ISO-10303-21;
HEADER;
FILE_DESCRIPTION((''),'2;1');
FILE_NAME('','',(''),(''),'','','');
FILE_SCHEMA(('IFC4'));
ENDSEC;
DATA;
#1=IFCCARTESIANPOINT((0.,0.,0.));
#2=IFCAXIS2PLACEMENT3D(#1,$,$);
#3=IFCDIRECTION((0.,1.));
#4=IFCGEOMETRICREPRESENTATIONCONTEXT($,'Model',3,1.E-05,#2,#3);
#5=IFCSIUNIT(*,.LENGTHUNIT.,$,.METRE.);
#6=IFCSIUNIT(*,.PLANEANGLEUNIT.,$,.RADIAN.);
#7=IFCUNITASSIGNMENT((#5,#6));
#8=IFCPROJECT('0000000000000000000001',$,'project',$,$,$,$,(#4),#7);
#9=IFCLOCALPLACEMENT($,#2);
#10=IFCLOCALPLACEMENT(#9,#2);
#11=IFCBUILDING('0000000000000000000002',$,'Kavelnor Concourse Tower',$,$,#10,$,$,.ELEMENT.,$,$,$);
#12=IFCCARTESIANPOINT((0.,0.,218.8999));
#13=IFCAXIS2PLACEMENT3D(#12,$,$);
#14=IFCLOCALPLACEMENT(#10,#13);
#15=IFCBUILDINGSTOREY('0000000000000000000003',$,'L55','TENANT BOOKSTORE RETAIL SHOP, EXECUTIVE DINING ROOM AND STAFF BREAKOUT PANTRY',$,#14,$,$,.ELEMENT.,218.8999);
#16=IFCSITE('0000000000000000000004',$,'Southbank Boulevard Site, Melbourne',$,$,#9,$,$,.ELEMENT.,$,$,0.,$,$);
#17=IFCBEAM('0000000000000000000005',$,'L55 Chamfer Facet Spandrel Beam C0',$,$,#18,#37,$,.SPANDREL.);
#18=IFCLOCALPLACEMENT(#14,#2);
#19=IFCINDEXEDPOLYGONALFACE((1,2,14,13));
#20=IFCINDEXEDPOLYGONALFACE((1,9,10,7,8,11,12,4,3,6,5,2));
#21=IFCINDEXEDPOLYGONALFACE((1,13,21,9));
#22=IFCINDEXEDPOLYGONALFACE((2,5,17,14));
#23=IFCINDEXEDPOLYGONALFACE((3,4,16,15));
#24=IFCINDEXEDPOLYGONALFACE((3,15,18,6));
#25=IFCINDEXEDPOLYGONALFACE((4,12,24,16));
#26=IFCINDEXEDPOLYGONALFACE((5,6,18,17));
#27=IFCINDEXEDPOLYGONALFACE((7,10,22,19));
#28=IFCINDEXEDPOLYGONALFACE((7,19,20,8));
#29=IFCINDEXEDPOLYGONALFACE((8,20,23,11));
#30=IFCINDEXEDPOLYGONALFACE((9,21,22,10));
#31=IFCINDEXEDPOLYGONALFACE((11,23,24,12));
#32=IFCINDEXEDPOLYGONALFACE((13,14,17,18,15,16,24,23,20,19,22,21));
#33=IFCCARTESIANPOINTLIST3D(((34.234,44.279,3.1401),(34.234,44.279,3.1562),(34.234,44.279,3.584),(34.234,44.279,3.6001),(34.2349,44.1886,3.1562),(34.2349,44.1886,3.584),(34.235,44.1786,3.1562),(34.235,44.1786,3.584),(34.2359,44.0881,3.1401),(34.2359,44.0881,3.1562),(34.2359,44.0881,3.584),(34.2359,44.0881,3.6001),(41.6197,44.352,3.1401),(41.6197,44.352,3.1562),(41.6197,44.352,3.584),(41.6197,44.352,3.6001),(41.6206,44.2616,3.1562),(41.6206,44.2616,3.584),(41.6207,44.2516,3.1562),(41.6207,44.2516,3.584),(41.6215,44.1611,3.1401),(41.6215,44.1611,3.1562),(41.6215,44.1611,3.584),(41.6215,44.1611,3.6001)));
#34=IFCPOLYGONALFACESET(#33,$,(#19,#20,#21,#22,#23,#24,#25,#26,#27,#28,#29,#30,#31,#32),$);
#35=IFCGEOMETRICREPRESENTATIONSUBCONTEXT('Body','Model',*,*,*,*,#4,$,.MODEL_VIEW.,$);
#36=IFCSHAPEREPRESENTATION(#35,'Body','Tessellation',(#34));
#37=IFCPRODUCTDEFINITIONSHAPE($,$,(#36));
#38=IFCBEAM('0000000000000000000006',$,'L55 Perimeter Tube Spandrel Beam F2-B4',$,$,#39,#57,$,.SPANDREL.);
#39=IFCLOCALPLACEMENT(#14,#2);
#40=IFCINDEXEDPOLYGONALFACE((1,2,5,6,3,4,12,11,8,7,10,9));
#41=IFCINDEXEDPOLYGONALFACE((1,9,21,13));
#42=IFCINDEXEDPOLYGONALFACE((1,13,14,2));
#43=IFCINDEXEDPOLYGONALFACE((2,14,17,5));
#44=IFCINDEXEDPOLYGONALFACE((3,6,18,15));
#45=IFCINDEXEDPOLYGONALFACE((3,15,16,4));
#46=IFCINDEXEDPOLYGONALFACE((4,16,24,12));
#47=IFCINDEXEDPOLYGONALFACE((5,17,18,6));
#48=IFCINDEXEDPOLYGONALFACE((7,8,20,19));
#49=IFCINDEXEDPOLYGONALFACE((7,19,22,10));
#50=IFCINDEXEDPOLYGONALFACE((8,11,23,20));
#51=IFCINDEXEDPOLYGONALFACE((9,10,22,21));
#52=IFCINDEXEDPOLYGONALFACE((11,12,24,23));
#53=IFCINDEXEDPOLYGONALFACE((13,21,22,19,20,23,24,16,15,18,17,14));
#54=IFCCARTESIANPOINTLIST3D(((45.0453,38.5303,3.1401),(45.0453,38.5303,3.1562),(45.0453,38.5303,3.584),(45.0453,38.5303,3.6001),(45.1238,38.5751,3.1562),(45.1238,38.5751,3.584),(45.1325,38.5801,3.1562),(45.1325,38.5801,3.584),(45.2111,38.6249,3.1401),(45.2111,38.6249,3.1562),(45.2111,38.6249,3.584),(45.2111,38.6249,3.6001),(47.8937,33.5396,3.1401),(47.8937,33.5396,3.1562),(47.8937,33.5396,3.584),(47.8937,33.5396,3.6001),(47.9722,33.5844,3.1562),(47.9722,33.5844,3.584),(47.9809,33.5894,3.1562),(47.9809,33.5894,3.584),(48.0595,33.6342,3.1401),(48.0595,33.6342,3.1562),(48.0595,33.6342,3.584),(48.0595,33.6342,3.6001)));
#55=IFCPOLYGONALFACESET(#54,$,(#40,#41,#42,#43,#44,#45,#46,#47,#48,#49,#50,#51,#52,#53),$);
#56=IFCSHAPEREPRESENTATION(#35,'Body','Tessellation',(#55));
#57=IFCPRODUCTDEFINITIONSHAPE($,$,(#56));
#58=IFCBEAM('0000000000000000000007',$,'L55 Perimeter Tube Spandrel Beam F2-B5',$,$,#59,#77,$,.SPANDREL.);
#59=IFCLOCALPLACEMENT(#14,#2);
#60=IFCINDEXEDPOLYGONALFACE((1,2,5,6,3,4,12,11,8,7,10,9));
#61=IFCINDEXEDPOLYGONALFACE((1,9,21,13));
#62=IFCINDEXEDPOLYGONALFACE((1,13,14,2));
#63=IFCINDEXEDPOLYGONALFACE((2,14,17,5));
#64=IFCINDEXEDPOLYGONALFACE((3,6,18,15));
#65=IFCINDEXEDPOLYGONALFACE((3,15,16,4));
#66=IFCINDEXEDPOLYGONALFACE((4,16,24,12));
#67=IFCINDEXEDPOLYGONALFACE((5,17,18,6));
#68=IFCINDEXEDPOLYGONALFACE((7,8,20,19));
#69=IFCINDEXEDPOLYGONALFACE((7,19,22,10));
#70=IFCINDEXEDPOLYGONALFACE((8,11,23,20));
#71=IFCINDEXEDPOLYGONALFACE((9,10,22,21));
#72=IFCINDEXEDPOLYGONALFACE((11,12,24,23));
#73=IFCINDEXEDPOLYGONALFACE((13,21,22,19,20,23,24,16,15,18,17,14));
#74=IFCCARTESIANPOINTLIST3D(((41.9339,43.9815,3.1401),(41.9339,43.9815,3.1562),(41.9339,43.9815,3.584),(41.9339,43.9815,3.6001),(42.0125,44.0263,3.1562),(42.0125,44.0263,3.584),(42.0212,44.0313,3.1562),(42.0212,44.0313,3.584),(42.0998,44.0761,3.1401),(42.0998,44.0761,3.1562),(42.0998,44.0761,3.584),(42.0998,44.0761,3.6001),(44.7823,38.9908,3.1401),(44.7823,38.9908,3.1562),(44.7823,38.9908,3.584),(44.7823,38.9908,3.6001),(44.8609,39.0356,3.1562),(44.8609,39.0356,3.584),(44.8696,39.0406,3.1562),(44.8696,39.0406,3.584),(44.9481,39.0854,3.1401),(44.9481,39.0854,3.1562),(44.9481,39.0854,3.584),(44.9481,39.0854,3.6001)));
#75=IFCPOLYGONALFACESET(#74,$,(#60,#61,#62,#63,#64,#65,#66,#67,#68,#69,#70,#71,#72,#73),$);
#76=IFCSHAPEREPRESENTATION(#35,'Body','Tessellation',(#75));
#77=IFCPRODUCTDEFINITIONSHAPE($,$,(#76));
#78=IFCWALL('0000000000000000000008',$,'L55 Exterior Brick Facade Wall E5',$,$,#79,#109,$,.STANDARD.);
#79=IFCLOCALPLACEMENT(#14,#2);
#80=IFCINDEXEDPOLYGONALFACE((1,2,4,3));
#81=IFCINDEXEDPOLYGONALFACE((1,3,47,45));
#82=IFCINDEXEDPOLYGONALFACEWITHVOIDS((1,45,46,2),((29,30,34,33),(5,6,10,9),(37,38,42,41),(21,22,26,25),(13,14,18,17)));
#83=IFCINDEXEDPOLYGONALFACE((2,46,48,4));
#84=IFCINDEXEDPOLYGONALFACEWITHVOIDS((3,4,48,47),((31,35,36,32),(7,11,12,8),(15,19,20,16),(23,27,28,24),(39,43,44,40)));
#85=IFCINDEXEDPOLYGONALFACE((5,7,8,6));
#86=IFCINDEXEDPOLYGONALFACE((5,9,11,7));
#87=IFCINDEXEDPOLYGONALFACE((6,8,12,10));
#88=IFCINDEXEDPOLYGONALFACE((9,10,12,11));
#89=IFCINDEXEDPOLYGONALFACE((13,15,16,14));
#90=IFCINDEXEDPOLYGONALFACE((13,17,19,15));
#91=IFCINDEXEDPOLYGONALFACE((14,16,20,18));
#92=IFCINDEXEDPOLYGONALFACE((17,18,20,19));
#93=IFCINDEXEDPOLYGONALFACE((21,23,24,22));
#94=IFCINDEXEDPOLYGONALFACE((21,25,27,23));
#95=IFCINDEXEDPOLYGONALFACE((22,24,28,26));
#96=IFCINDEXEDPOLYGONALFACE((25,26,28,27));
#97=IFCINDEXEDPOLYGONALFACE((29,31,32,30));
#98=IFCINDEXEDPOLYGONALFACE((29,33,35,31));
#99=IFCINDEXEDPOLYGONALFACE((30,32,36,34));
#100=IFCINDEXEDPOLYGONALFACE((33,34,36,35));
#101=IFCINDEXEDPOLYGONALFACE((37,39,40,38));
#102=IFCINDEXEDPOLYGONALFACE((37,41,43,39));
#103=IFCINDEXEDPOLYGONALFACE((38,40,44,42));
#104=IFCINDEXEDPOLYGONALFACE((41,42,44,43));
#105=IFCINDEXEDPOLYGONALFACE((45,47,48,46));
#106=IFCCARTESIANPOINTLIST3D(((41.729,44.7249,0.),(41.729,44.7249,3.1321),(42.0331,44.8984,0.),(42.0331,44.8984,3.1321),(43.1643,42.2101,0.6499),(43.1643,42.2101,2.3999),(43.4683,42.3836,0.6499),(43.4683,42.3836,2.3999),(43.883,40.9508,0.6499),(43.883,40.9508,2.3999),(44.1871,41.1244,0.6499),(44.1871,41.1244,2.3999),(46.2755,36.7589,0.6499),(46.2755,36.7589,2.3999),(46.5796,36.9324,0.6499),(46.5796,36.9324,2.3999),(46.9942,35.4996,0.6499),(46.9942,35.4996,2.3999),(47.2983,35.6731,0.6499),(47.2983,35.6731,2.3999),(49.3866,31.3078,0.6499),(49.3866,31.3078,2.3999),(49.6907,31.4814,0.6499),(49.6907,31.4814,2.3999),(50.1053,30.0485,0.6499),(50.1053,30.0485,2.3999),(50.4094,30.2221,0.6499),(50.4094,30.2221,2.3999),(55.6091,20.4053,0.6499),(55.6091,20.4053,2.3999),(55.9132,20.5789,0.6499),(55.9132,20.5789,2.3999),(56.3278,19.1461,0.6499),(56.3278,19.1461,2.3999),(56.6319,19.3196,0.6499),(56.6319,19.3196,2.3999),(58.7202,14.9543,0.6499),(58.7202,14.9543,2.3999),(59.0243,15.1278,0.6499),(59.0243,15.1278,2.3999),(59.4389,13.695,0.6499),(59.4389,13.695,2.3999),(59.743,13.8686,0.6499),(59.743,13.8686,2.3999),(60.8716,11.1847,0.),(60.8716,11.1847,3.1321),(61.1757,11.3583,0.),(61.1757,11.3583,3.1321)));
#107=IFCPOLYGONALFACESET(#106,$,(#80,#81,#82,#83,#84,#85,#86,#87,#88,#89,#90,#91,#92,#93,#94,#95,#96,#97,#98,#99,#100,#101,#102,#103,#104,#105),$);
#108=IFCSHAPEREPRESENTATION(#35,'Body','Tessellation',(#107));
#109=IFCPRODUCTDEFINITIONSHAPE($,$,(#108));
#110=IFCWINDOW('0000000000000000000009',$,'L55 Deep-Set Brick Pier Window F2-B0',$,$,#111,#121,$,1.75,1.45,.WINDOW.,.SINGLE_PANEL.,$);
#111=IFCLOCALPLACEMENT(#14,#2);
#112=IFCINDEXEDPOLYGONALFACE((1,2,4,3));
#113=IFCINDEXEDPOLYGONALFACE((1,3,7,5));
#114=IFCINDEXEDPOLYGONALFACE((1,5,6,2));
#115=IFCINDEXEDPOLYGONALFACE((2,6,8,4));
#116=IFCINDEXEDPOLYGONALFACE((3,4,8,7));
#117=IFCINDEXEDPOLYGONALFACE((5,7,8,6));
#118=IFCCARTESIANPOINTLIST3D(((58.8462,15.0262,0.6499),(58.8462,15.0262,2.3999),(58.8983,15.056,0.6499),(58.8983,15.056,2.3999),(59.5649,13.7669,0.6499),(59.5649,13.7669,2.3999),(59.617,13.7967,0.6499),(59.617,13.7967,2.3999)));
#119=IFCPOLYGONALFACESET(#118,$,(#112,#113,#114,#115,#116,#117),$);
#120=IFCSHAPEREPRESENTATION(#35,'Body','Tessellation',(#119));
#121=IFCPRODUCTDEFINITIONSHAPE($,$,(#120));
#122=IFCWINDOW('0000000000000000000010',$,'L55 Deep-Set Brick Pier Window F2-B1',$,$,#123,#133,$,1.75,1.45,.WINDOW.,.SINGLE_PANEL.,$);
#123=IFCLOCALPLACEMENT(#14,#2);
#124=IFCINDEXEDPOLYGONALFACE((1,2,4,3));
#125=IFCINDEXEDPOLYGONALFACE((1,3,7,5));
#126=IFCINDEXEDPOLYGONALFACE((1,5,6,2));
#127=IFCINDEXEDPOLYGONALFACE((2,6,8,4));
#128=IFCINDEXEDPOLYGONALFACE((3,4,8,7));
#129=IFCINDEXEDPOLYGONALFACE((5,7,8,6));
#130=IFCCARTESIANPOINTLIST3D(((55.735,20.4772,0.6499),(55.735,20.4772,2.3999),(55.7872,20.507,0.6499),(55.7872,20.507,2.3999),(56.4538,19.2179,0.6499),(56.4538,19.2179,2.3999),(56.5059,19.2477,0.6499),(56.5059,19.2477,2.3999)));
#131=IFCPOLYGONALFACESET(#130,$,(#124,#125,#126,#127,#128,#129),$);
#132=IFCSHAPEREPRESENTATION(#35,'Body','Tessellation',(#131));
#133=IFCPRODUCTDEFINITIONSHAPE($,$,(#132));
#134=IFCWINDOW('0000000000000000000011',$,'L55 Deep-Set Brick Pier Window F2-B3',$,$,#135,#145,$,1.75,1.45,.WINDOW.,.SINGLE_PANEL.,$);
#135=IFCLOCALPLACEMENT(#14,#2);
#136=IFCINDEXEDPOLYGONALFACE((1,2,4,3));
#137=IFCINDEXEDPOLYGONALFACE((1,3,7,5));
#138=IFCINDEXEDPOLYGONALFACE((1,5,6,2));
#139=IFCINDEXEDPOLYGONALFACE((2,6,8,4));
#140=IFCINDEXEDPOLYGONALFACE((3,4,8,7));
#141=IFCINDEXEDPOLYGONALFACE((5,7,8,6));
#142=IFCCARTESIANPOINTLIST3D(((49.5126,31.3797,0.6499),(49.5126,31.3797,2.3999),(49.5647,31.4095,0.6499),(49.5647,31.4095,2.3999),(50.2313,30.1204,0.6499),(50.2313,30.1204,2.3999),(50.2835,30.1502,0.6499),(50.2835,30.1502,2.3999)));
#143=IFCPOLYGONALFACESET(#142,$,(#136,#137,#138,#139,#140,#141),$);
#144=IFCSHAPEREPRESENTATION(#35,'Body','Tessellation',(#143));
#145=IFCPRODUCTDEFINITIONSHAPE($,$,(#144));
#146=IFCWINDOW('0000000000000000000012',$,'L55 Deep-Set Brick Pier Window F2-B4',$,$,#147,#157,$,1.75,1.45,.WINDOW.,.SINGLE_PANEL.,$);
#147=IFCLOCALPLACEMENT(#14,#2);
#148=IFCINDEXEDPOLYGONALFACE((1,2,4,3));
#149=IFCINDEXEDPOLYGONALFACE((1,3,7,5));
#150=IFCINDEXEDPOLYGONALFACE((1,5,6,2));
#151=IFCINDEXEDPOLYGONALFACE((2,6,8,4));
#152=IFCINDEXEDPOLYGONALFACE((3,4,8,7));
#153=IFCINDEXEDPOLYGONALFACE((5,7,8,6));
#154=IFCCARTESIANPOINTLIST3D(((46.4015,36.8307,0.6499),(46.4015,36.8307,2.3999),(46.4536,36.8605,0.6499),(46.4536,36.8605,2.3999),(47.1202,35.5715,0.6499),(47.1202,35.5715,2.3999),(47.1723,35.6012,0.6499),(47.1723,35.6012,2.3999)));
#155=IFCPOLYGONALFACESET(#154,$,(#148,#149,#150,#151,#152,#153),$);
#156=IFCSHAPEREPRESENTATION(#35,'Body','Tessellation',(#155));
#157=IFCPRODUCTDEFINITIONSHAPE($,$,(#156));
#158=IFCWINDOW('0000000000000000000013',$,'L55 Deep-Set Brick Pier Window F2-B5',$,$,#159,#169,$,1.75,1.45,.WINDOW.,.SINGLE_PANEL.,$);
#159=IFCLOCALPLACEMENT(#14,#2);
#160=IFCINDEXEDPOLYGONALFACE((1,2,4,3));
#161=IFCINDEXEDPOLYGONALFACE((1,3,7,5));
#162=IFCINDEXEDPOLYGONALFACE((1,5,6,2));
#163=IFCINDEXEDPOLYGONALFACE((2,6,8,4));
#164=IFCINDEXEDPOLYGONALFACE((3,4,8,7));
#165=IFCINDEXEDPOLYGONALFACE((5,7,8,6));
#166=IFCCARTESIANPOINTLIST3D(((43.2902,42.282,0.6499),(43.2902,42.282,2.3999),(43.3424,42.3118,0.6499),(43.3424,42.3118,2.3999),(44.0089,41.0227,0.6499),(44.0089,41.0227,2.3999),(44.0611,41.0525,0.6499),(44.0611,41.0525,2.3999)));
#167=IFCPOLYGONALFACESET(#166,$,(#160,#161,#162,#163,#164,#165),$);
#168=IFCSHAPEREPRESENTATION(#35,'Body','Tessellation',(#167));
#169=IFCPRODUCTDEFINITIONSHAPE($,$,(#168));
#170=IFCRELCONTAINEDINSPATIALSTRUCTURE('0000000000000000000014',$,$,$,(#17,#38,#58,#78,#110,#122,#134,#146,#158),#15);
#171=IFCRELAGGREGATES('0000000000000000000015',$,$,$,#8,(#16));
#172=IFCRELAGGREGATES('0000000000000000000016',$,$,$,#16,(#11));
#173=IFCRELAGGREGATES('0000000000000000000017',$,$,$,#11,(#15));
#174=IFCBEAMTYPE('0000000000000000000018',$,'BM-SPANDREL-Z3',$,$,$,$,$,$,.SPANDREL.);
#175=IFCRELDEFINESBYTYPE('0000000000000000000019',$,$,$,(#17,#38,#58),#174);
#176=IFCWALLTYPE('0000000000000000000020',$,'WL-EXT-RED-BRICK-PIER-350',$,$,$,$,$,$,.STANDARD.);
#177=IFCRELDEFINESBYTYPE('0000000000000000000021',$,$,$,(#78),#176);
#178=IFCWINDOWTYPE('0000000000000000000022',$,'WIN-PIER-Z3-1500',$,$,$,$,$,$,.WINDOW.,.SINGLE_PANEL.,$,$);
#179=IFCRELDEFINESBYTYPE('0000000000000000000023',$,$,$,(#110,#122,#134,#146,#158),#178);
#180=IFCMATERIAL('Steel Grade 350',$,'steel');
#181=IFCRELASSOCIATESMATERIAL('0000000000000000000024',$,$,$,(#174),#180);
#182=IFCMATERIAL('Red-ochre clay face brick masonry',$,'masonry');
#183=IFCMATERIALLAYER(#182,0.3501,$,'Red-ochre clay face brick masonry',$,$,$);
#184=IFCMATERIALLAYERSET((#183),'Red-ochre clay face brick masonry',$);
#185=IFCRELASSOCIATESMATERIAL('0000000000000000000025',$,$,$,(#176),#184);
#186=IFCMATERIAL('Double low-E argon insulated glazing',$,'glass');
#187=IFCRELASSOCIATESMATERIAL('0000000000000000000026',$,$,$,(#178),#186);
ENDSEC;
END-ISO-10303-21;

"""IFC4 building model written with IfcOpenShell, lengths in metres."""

from ifc_helpers import new_model, si_unit, direction, frame, frame_2d, origin, origin_2d, place, context, subcontext, project, spatial, rectangle, i_section, extrude, material, layer, layer_set, material_profile, profile_set, type_object, element, fill, save


model = new_model("IFC4")

# Units and contexts
model_context = context("Model", 3, precision=1e-05, world=origin(), true_north=direction((0.0, 1.0)))
body_context = subcontext(model_context, "Body", "Model", "MODEL_VIEW")
ifc_project = project(units=[si_unit("LENGTHUNIT", "METRE"), si_unit("PLANEANGLEUNIT", "RADIAN")], contexts=[model_context])

# Site, building, storey
site_placement = place(None, origin())
site = spatial("IfcSite", under=ifc_project, at=site_placement, Name="Southbank Boulevard Site, Melbourne", CompositionType="ELEMENT", RefElevation=0.0)
building_placement = place(site_placement, origin())
building = spatial("IfcBuilding", under=site, at=building_placement, Name="Kavelnor Concourse Tower", CompositionType="ELEMENT")
storey_placement = place(building_placement, frame((0.0, 0.0, 218.8999)))
storey = spatial("IfcBuildingStorey", under=building, at=storey_placement, Name="L55", Description="TENANT BOOKSTORE RETAIL SHOP, EXECUTIVE DINING ROOM AND STAFF BREAKOUT PANTRY", CompositionType="ELEMENT", Elevation=218.8999)

# Shared definitions
ifc_material_1 = material(Name="Steel Grade 350", Category="steel")

# Beams
ifc_material_profile_1 = material_profile(ifc_material_1, i_section(OverallWidth=0.1909, OverallDepth=0.46, WebThickness=0.01, FlangeThickness=0.0161, at=origin_2d()), Name="460UB82")
ifc_profile_set_1 = profile_set([ifc_material_profile_1], Name="Steel Grade 350")
beam_type_1 = type_object("IfcBeamType", Name="BM-SPANDREL-Z3", PredefinedType="SPANDREL", material=ifc_profile_set_1)
beam_1_placement = place(storey_placement, frame((41.6206, 44.2566, 3.3701), z_axis=(-0.999951, -0.009883, 0.0), x_axis=(0.009883, -0.999951, 0.0)))
element("IfcBeam", 1, at=beam_1_placement, inside=storey, type_object=beam_type_1, Name="L55 Chamfer Facet Spandrel Beam C0", PredefinedType="SPANDREL", context=body_context, shape_type="SweptSolid", body=[
    extrude(i_section(OverallWidth=0.1909, OverallDepth=0.46, WebThickness=0.01, FlangeThickness=0.0161, at=origin_2d()), origin(), (0.0, 0.0, 1.0), 7.386),
])
for number, where, z_axis, x_axis, name in (
    (2, (47.9766, 33.5869, 3.3701), (-0.495686, 0.868502, 0.0), (-0.868502, -0.495686, 0.0), "L55 Perimeter Tube Spandrel Beam F2-B4"),
    (3, (44.8652, 39.0381, 3.3701), (-0.495686, 0.868502, 0.0), (-0.868502, -0.495686, 0.0), "L55 Perimeter Tube Spandrel Beam F2-B5"),
):
    element("IfcBeam", number, at=place(storey_placement, frame(where, z_axis=z_axis, x_axis=x_axis)), inside=storey, type_object=beam_type_1, Name=name, PredefinedType="SPANDREL", context=body_context, shape_type="SweptSolid", body=[
        extrude(i_section(OverallWidth=0.1909, OverallDepth=0.46, WebThickness=0.01, FlangeThickness=0.0161, at=origin_2d()), origin(), (0.0, 0.0, 1.0), 5.7463),
    ])

# Wall, openings, windows
ifc_material_2 = material(Name="Red-ochre clay face brick masonry", Category="masonry")
ifc_layer_1 = layer(ifc_material_2, 0.3501, Name="Red-ochre clay face brick masonry")
ifc_layer_set_1 = layer_set([ifc_layer_1], Name="Red-ochre clay face brick masonry")
wall_type_1 = type_object("IfcWallType", Name="WL-EXT-RED-BRICK-PIER-350", PredefinedType="STANDARD", material=ifc_layer_set_1)
wall_1_placement = place(storey_placement, frame((41.8811, 44.8115, 0.0), z_axis=(0.0, 0.0, 1.0), x_axis=(0.495687, -0.868501, 0.0)))
wall_1 = element("IfcWall", 4, at=wall_1_placement, inside=storey, type_object=wall_type_1, Name="L55 Exterior Brick Facade Wall E5", PredefinedType="STANDARD", context=body_context, shape_type="SweptSolid", body=[
    extrude(rectangle(XDim=38.6184, YDim=0.3501, at=frame_2d((19.3091, 0.0))), origin(), (0.0, 0.0, 1.0), 3.1321),
])
opening_1_placement = place(wall_1_placement, frame((34.2778, 0.0, 0.6499)))
opening_1 = element("IfcOpeningElement", 5, at=opening_1_placement, cuts=wall_1, PredefinedType="OPENING", context=body_context, shape_type="SweptSolid", body=[
    extrude(rectangle(XDim=1.45, YDim=1.75, at=frame_2d((0.7251, 0.875))), frame((0.0, 0.1851, 0.0), z_axis=(0.0, -1.0, 0.0), x_axis=(1.0, 0.0, 0.0)), (0.0, 0.0, 1.0), 0.3701),
])
opening_2_placement = place(wall_1_placement, frame((28.0015, 0.0, 0.6499)))
opening_2 = element("IfcOpeningElement", 6, at=opening_2_placement, cuts=wall_1, PredefinedType="OPENING", context=body_context, shape_type="SweptSolid", body=[
    extrude(rectangle(XDim=1.45, YDim=1.75, at=frame_2d((0.7251, 0.875))), frame((0.0, 0.1851, 0.0), z_axis=(0.0, -1.0, 0.0), x_axis=(1.0, 0.0, 0.0)), (0.0, 0.0, 1.0), 0.3701),
])
opening_3_placement = place(wall_1_placement, frame((15.4482, 0.0, 0.6499)))
opening_3 = element("IfcOpeningElement", 7, at=opening_3_placement, cuts=wall_1, PredefinedType="OPENING", context=body_context, shape_type="SweptSolid", body=[
    extrude(rectangle(XDim=1.45, YDim=1.75, at=frame_2d((0.7251, 0.875))), frame((0.0, 0.1851, 0.0), z_axis=(0.0, -1.0, 0.0), x_axis=(1.0, 0.0, 0.0)), (0.0, 0.0, 1.0), 0.3701),
])
opening_4_placement = place(wall_1_placement, frame((9.1719, 0.0, 0.6499)))
opening_4 = element("IfcOpeningElement", 8, at=opening_4_placement, cuts=wall_1, PredefinedType="OPENING", context=body_context, shape_type="SweptSolid", body=[
    extrude(rectangle(XDim=1.45, YDim=1.75, at=frame_2d((0.7251, 0.875))), frame((0.0, 0.1851, 0.0), z_axis=(0.0, -1.0, 0.0), x_axis=(1.0, 0.0, 0.0)), (0.0, 0.0, 1.0), 0.3701),
])
opening_5_placement = place(wall_1_placement, frame((2.8953, 0.0, 0.6499)))
opening_5 = element("IfcOpeningElement", 9, at=opening_5_placement, cuts=wall_1, PredefinedType="OPENING", context=body_context, shape_type="SweptSolid", body=[
    extrude(rectangle(XDim=1.45, YDim=1.75, at=frame_2d((0.7251, 0.875))), frame((0.0, 0.1851, 0.0), z_axis=(0.0, -1.0, 0.0), x_axis=(1.0, 0.0, 0.0)), (0.0, 0.0, 1.0), 0.3701),
])
ifc_material_3 = material(Name="Double low-E argon insulated glazing", Category="glass")
window_type = type_object("IfcWindowType", Name="WIN-PIER-Z3-1500", PartitioningType="SINGLE_PANEL", PredefinedType="WINDOW", material=ifc_material_3)
window_1_placement = place(opening_1_placement, origin())
window_1 = element("IfcWindow", 10, at=window_1_placement, inside=storey, type_object=window_type, Name="L55 Deep-Set Brick Pier Window F2-B0", OverallHeight=1.75, OverallWidth=1.45, PartitioningType="SINGLE_PANEL", PredefinedType="WINDOW", context=body_context, shape_type="SweptSolid", body=[
    extrude(rectangle(XDim=1.45, YDim=1.75, at=frame_2d((0.7251, 0.875))), frame((0.0, 0.03, 0.0), z_axis=(0.0, -1.0, 0.0), x_axis=(1.0, 0.0, 0.0)), (0.0, 0.0, 1.0), 0.0601),
])
fill(opening_1, window_1)
window_2_placement = place(opening_2_placement, origin())
window_2 = element("IfcWindow", 11, at=window_2_placement, inside=storey, type_object=window_type, Name="L55 Deep-Set Brick Pier Window F2-B1", OverallHeight=1.75, OverallWidth=1.45, PartitioningType="SINGLE_PANEL", PredefinedType="WINDOW", context=body_context, shape_type="SweptSolid", body=[
    extrude(rectangle(XDim=1.45, YDim=1.75, at=frame_2d((0.7251, 0.875))), frame((0.0, 0.03, 0.0), z_axis=(0.0, -1.0, 0.0), x_axis=(1.0, 0.0, 0.0)), (0.0, 0.0, 1.0), 0.0601),
])
fill(opening_2, window_2)
window_3_placement = place(opening_3_placement, origin())
window_3 = element("IfcWindow", 12, at=window_3_placement, inside=storey, type_object=window_type, Name="L55 Deep-Set Brick Pier Window F2-B3", OverallHeight=1.75, OverallWidth=1.45, PartitioningType="SINGLE_PANEL", PredefinedType="WINDOW", context=body_context, shape_type="SweptSolid", body=[
    extrude(rectangle(XDim=1.45, YDim=1.75, at=frame_2d((0.7251, 0.875))), frame((0.0, 0.03, 0.0), z_axis=(0.0, -1.0, 0.0), x_axis=(1.0, 0.0, 0.0)), (0.0, 0.0, 1.0), 0.0601),
])
fill(opening_3, window_3)
window_4_placement = place(opening_4_placement, origin())
window_4 = element("IfcWindow", 13, at=window_4_placement, inside=storey, type_object=window_type, Name="L55 Deep-Set Brick Pier Window F2-B4", OverallHeight=1.75, OverallWidth=1.45, PartitioningType="SINGLE_PANEL", PredefinedType="WINDOW", context=body_context, shape_type="SweptSolid", body=[
    extrude(rectangle(XDim=1.45, YDim=1.75, at=frame_2d((0.7251, 0.875))), frame((0.0, 0.03, 0.0), z_axis=(0.0, -1.0, 0.0), x_axis=(1.0, 0.0, 0.0)), (0.0, 0.0, 1.0), 0.0601),
])
fill(opening_4, window_4)
window_5_placement = place(opening_5_placement, origin())
window_5 = element("IfcWindow", 14, at=window_5_placement, inside=storey, type_object=window_type, Name="L55 Deep-Set Brick Pier Window F2-B5", OverallHeight=1.75, OverallWidth=1.45, PartitioningType="SINGLE_PANEL", PredefinedType="WINDOW", context=body_context, shape_type="SweptSolid", body=[
    extrude(rectangle(XDim=1.45, YDim=1.75, at=frame_2d((0.7251, 0.875))), frame((0.0, 0.03, 0.0), z_axis=(0.0, -1.0, 0.0), x_axis=(1.0, 0.0, 0.0)), (0.0, 0.0, 1.0), 0.0601),
])
fill(opening_5, window_5)

save(model, "model.ifc")
